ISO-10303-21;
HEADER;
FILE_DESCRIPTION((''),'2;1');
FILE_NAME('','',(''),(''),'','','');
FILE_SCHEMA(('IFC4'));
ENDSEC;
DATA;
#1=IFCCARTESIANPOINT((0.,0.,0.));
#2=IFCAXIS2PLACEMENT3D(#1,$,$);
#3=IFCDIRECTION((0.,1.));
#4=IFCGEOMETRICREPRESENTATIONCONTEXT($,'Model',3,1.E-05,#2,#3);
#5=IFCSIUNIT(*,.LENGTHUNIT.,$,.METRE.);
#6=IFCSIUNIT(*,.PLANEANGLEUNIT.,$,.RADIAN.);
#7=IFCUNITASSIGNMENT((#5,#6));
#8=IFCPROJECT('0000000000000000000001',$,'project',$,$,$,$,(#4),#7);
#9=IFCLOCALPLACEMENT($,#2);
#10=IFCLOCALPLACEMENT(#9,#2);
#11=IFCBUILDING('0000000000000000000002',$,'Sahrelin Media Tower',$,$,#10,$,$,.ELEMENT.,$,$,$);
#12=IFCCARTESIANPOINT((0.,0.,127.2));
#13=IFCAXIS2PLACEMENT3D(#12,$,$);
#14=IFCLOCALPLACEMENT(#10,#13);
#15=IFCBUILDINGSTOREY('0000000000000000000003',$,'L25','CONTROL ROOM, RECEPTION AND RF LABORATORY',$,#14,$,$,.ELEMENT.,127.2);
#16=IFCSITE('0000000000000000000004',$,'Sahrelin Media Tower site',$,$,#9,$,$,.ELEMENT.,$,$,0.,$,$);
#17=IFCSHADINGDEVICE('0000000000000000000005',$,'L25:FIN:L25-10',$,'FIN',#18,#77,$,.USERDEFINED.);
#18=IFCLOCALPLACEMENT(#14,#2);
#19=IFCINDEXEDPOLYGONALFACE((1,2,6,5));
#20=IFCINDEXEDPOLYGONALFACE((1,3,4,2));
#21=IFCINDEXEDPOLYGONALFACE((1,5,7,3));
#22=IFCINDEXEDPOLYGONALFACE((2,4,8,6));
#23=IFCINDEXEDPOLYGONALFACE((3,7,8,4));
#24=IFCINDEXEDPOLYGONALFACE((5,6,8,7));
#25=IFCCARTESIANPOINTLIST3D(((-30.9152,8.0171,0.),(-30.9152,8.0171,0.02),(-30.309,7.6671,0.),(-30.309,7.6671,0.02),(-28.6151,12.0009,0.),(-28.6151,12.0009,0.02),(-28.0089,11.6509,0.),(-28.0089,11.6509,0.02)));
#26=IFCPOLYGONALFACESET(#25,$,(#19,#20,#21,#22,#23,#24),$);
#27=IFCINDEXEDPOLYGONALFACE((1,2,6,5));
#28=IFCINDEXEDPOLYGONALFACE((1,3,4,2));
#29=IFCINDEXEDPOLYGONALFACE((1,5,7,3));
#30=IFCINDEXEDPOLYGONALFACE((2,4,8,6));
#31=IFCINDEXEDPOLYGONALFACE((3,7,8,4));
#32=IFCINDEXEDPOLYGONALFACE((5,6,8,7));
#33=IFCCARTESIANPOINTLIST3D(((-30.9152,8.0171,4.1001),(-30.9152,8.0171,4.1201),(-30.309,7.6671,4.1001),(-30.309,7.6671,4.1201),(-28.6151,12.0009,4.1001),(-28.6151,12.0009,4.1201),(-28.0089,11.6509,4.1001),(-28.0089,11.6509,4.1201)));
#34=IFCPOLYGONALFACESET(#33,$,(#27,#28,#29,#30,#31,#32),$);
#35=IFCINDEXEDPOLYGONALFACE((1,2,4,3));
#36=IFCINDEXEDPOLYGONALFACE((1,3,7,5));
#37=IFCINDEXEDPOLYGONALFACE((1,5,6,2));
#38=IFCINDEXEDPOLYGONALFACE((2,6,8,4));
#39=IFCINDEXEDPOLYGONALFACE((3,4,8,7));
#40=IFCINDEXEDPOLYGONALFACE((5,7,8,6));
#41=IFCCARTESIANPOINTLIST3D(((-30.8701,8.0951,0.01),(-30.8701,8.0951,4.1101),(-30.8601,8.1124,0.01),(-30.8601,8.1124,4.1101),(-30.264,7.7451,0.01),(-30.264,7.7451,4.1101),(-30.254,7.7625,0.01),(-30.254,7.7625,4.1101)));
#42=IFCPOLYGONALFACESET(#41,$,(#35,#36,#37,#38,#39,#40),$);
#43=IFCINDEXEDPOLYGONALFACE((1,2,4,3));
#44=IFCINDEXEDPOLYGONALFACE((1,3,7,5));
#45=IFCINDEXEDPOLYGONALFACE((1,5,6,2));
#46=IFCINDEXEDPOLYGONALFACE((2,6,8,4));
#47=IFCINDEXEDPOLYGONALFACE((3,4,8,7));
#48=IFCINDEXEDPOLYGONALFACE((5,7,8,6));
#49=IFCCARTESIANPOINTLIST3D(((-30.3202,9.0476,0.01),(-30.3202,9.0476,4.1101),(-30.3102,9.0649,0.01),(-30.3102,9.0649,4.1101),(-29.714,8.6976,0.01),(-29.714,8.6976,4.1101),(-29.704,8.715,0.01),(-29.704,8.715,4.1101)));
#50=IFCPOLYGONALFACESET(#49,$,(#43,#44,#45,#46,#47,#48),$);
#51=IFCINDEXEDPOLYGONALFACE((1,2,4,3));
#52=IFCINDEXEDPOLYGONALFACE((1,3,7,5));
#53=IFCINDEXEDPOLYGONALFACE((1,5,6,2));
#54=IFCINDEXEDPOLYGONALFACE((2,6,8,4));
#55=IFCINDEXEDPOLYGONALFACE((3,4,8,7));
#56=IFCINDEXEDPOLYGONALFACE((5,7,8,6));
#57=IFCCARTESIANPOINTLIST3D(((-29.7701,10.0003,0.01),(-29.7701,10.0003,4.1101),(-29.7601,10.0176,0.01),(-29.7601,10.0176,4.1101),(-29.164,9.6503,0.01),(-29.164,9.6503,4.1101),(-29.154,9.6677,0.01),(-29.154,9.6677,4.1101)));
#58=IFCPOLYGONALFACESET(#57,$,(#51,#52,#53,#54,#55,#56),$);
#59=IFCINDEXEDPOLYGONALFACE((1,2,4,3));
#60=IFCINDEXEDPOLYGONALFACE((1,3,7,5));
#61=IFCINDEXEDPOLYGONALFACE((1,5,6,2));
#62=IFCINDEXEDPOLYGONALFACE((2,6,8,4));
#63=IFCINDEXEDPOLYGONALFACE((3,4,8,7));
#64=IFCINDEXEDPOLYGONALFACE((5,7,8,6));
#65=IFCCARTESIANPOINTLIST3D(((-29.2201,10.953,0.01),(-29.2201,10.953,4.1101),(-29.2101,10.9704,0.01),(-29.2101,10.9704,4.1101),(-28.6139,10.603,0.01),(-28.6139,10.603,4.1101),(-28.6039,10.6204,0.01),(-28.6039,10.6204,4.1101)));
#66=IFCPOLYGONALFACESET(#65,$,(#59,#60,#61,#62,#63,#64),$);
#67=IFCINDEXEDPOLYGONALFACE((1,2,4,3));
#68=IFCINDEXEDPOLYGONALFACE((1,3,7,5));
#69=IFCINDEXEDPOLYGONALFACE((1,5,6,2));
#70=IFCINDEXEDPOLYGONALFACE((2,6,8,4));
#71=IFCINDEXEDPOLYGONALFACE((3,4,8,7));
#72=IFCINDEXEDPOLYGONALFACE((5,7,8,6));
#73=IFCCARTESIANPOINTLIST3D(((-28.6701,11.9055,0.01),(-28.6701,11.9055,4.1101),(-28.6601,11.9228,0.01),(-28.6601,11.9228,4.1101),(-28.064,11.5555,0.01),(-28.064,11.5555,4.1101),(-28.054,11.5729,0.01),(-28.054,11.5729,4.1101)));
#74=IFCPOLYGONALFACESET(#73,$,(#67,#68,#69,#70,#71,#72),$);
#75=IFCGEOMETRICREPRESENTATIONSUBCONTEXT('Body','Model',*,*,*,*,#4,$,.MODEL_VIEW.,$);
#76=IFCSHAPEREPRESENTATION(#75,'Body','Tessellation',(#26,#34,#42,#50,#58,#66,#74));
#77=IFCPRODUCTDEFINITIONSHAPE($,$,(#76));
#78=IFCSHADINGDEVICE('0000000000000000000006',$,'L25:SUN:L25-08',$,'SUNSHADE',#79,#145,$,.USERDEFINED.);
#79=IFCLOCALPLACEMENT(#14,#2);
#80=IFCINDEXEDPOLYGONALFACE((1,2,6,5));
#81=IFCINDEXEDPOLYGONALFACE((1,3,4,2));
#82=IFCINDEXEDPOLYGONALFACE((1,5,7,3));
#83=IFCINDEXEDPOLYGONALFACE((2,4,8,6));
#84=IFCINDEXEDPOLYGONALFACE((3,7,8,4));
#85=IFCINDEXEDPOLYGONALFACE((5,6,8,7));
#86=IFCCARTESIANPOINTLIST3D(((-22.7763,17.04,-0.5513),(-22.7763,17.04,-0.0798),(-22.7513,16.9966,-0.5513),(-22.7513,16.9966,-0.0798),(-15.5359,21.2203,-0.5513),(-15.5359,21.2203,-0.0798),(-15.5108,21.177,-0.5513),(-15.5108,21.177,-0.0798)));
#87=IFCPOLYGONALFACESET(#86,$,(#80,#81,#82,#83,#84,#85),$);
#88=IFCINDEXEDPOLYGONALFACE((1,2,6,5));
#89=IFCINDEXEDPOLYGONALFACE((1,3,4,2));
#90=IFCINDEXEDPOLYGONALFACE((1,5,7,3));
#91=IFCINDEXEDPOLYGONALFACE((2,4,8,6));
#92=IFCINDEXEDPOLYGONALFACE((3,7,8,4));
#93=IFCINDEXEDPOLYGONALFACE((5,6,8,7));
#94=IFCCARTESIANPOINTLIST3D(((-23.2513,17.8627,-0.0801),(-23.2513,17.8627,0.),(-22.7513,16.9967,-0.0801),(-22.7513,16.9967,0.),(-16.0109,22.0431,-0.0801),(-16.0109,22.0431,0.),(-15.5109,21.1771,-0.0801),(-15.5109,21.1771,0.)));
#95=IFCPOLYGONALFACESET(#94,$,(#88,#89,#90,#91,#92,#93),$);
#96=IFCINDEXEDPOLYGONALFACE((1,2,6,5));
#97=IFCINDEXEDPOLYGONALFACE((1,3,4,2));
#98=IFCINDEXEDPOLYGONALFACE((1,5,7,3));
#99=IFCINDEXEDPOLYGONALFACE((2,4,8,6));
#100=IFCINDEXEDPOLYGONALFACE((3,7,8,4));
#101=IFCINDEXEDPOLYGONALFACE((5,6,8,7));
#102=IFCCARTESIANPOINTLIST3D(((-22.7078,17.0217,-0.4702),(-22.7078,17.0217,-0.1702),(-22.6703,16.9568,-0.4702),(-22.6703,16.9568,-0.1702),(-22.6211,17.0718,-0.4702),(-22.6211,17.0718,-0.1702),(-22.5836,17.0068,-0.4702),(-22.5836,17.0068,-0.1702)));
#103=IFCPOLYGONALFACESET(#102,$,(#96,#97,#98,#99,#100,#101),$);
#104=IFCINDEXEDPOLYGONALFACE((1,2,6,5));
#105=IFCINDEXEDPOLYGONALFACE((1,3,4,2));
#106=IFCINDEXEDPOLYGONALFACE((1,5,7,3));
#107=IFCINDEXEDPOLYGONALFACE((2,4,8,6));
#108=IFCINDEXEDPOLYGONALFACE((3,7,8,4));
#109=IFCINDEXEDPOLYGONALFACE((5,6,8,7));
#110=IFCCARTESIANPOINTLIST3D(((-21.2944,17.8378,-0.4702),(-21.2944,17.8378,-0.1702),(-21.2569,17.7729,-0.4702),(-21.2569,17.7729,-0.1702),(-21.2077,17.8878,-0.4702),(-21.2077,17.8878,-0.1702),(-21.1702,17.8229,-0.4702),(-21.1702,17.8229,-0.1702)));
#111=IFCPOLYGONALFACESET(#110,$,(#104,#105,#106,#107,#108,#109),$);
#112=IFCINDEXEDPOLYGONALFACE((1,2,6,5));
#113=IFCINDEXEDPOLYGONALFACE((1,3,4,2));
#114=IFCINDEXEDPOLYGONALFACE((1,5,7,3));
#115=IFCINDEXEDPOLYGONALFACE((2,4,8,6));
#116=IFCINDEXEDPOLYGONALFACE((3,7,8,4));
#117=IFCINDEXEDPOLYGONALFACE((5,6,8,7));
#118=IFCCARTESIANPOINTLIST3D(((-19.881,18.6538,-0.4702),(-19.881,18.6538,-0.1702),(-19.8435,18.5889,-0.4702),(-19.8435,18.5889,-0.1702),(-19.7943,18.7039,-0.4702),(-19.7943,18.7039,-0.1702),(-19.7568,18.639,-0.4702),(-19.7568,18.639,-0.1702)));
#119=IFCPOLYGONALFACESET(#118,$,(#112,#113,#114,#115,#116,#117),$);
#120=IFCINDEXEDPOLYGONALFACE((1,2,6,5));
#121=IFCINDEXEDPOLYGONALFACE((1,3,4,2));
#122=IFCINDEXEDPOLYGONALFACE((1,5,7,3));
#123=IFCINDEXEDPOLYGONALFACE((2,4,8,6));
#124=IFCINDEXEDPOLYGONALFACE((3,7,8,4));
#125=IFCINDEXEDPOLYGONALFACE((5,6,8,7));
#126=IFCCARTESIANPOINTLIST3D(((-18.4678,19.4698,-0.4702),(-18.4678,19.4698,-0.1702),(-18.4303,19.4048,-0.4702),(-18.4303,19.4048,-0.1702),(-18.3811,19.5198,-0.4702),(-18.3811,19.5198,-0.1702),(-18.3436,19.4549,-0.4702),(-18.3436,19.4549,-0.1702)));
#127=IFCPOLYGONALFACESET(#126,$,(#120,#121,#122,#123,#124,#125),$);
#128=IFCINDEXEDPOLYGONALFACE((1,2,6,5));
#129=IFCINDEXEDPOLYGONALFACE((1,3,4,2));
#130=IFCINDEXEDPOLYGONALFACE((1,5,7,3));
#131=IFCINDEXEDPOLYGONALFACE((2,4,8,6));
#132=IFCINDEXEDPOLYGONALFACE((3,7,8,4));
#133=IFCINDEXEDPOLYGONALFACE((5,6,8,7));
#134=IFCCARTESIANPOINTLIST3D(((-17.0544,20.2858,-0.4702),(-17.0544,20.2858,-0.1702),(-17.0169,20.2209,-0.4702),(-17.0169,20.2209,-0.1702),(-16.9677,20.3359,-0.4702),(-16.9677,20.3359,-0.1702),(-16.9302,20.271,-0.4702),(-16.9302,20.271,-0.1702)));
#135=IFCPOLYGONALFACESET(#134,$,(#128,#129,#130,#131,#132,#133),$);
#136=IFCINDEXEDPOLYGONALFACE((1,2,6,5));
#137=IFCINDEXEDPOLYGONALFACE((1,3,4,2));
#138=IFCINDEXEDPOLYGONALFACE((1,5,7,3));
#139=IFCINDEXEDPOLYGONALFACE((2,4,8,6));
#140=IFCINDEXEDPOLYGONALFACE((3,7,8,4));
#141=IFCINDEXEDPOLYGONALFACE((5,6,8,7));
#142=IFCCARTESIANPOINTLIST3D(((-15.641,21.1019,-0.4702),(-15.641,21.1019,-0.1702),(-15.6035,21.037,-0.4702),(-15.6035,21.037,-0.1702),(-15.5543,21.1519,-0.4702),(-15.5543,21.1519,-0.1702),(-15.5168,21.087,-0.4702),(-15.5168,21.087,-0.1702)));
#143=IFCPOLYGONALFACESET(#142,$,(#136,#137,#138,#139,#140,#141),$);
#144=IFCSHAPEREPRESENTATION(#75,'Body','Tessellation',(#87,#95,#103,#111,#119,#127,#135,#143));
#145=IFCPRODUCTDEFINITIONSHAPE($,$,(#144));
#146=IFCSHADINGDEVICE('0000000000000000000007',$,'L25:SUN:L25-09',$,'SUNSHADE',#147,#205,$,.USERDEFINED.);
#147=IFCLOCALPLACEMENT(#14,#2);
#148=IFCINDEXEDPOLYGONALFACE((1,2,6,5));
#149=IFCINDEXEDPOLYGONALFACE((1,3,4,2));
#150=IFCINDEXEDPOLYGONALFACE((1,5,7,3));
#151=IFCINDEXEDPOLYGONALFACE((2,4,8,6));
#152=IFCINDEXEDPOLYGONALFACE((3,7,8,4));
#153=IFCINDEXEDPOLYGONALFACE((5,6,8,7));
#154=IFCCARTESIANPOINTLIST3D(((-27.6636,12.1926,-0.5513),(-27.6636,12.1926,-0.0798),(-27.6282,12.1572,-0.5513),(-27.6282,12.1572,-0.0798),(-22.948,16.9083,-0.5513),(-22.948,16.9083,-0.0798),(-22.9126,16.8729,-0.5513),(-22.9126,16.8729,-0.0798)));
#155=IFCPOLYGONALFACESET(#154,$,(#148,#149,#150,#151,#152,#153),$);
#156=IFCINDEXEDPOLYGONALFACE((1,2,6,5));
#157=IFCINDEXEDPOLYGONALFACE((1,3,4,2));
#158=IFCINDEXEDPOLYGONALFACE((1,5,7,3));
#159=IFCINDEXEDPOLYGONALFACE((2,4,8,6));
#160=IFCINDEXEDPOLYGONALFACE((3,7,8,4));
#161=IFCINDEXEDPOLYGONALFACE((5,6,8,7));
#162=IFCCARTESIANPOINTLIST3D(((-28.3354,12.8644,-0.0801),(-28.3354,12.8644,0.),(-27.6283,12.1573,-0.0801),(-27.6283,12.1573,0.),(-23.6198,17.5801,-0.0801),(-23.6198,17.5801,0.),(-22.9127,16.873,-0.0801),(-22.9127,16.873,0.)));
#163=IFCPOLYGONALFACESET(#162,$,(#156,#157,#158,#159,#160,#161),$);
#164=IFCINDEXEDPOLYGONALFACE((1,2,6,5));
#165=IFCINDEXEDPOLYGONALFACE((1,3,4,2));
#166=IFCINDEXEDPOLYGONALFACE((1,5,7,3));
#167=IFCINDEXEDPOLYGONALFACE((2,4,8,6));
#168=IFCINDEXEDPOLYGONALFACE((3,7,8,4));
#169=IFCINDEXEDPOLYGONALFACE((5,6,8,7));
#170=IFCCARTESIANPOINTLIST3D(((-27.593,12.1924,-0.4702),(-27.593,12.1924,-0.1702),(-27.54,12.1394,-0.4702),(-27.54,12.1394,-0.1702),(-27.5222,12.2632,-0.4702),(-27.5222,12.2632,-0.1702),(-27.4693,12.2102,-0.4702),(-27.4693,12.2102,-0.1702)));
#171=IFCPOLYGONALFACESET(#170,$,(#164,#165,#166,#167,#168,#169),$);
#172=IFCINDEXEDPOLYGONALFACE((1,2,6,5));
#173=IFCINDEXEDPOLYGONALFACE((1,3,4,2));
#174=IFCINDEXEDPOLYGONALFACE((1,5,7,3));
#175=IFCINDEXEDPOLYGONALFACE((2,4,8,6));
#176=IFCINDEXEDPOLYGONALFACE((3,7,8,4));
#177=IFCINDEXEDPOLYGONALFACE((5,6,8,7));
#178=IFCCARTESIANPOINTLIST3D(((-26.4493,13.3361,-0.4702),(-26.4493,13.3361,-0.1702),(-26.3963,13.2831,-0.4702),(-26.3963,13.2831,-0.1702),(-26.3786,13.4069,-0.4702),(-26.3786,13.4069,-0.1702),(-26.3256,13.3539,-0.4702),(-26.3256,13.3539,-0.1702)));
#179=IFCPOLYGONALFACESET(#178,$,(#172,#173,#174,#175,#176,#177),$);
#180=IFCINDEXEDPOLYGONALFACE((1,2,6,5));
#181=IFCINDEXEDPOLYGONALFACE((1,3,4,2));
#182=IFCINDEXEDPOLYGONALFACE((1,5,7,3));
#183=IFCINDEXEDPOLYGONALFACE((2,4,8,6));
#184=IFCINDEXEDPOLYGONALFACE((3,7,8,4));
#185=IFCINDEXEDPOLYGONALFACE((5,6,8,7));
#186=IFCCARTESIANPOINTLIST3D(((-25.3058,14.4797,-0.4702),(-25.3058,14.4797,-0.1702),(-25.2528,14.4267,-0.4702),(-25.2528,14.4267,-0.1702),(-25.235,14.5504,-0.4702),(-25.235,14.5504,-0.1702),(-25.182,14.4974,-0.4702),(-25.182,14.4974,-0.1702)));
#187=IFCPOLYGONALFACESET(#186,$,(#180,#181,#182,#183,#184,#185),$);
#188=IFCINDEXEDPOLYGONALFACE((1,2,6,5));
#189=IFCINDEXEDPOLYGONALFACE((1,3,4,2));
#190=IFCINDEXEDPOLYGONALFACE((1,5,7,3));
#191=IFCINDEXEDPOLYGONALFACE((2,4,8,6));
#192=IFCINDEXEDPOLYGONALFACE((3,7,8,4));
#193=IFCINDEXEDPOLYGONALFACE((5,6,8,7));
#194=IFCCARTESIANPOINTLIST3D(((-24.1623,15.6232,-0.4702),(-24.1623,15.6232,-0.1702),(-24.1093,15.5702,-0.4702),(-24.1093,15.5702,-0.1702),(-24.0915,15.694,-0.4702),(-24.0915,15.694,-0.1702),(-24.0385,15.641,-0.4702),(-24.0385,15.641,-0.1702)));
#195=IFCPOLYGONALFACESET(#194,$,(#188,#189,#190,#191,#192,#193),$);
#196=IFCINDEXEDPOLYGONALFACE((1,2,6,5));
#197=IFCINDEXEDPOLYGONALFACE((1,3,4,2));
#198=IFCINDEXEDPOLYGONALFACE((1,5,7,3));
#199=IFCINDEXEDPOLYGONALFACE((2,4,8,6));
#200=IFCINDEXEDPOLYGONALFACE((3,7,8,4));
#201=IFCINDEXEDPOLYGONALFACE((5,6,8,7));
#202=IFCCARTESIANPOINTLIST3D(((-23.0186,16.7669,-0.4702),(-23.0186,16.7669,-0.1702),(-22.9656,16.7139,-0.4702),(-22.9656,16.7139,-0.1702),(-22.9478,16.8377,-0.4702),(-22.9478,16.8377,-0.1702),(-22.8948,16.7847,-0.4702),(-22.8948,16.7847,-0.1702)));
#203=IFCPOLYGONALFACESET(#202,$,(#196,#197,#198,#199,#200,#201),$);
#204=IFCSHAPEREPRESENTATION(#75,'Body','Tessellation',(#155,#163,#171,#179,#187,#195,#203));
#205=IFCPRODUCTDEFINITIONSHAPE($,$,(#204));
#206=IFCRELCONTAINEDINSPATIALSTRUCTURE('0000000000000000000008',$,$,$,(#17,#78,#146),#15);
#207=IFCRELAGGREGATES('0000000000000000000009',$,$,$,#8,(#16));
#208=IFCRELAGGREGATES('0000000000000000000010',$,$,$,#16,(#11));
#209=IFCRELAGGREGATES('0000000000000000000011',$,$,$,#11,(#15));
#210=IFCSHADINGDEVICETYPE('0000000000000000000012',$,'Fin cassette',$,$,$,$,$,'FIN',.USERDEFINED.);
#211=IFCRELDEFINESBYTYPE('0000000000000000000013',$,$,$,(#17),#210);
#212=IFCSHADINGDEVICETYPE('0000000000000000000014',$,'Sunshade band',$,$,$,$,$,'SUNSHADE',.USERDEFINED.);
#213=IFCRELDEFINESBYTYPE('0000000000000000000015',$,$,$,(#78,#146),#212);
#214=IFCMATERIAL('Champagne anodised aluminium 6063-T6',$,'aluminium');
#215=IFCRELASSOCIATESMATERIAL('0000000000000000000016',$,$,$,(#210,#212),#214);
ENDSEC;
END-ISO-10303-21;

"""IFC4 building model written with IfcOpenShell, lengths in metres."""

from ifc_helpers import new_model, si_unit, direction, frame, origin, origin_2d, place, context, subcontext, project, spatial, rectangle, extrude, material, type_object, element, save


model = new_model("IFC4")

# Units and contexts
model_context = context("Model", 3, precision=1e-05, world=origin(), true_north=direction((0.0, 1.0)))
body_context = subcontext(model_context, "Body", "Model", "MODEL_VIEW")
ifc_project = project(units=[si_unit("LENGTHUNIT", "METRE"), si_unit("PLANEANGLEUNIT", "RADIAN")], contexts=[model_context])

# Site, building, storey
site_placement = place(None, origin())
site = spatial("IfcSite", under=ifc_project, at=site_placement, Name="Sahrelin Media Tower site", CompositionType="ELEMENT", RefElevation=0.0)
building_placement = place(site_placement, origin())
building = spatial("IfcBuilding", under=site, at=building_placement, Name="Sahrelin Media Tower", CompositionType="ELEMENT")
storey_placement = place(building_placement, frame((0.0, 0.0, 127.2)))
storey = spatial("IfcBuildingStorey", under=building, at=storey_placement, Name="L25", Description="CONTROL ROOM, RECEPTION AND RF LABORATORY", CompositionType="ELEMENT", Elevation=127.2)

# Shared definitions
ifc_material_1 = material(Name="Champagne anodised aluminium 6063-T6", Category="aluminium")

# Shading devices
shading_device_type_1 = type_object("IfcShadingDeviceType", Name="Fin cassette", ElementType="FIN", PredefinedType="USERDEFINED", material=ifc_material_1)
placement_1 = place(storey_placement, frame((-19.1211, 19.0696, 0.0), z_axis=(0.0, 0.0, 1.0), x_axis=(0.866019, 0.500011, 0.0)))
placement_2 = place(storey_placement, frame((-25.2563, 14.501, 0.0), z_axis=(0.0, 0.0, 1.0), x_axis=(0.707107, 0.707107, 0.0)))
placement_3 = place(storey_placement, frame((-29.0984, 9.624, 0.0), z_axis=(0.0, 0.0, 1.0), x_axis=(0.500011, 0.866019, 0.0)))
element("IfcShadingDevice", 1, at=placement_3, inside=storey, type_object=shading_device_type_1, Name="L25:FIN:L25-10", ObjectType="FIN", PredefinedType="USERDEFINED", context=body_context, shape_type="SweptSolid", body=[
    extrude(rectangle(XDim=4.6001, YDim=0.7, at=origin_2d()), frame((0.0, 0.4199, 0.0)), (0.0, 0.0, 1.0), 0.02),
    extrude(rectangle(XDim=4.6001, YDim=0.7, at=origin_2d()), frame((0.0, 0.4199, 4.1001)), (0.0, 0.0, 1.0), 0.02),
    extrude(rectangle(XDim=0.02, YDim=0.7, at=origin_2d()), frame((-2.2, 0.4199, 0.01), z_axis=(0.0, 0.0, 1.0), x_axis=(1.0, 0.0, 0.0)), (0.0, 0.0, 1.0), 4.1001),
    extrude(rectangle(XDim=0.02, YDim=0.7, at=origin_2d()), frame((-1.1001, 0.4199, 0.01), z_axis=(0.0, 0.0, 1.0), x_axis=(1.0, 0.0, 0.0)), (0.0, 0.0, 1.0), 4.1001),
    extrude(rectangle(XDim=0.02, YDim=0.7, at=origin_2d()), frame((0.0, 0.4199, 0.01), z_axis=(0.0, 0.0, 1.0), x_axis=(1.0, 0.0, 0.0)), (0.0, 0.0, 1.0), 4.1001),
    extrude(rectangle(XDim=0.02, YDim=0.7, at=origin_2d()), frame((1.1001, 0.4199, 0.01), z_axis=(0.0, 0.0, 1.0), x_axis=(1.0, 0.0, 0.0)), (0.0, 0.0, 1.0), 4.1001),
    extrude(rectangle(XDim=0.02, YDim=0.7, at=origin_2d()), frame((2.2, 0.4199, 0.01), z_axis=(0.0, 0.0, 1.0), x_axis=(1.0, 0.0, 0.0)), (0.0, 0.0, 1.0), 4.1001),
])
shading_device_type_2 = type_object("IfcShadingDeviceType", Name="Sunshade band", ElementType="SUNSHADE", PredefinedType="USERDEFINED", material=ifc_material_1)
element("IfcShadingDevice", 2, at=placement_1, inside=storey, type_object=shading_device_type_2, Name="L25:SUN:L25-08", ObjectType="SUNSHADE", PredefinedType="USERDEFINED", context=body_context, shape_type="SweptSolid", body=[
    extrude(rectangle(XDim=8.3606, YDim=0.05, at=origin_2d()), frame((0.0, 0.0449, -0.5513)), (0.0, 0.0, 1.0), 0.4714),
    extrude(rectangle(XDim=8.3606, YDim=1.0, at=origin_2d()), frame((0.0, 0.52, -0.0801)), (0.0, 0.0, 1.0), 0.0801),
    extrude(rectangle(XDim=0.1001, YDim=0.075, at=origin_2d()), frame((-4.0801, -0.0176, -0.4702)), (0.0, 0.0, 1.0), 0.3),
    extrude(rectangle(XDim=0.1001, YDim=0.075, at=origin_2d()), frame((-2.448, -0.0176, -0.4702)), (0.0, 0.0, 1.0), 0.3),
    extrude(rectangle(XDim=0.1001, YDim=0.075, at=origin_2d()), frame((-0.8159, -0.0176, -0.4702)), (0.0, 0.0, 1.0), 0.3),
    extrude(rectangle(XDim=0.1001, YDim=0.075, at=origin_2d()), frame((0.8159, -0.0176, -0.4702)), (0.0, 0.0, 1.0), 0.3),
    extrude(rectangle(XDim=0.1001, YDim=0.075, at=origin_2d()), frame((2.448, -0.0176, -0.4702)), (0.0, 0.0, 1.0), 0.3),
    extrude(rectangle(XDim=0.1001, YDim=0.075, at=origin_2d()), frame((4.0801, -0.0176, -0.4702)), (0.0, 0.0, 1.0), 0.3),
])
element("IfcShadingDevice", 3, at=placement_2, inside=storey, type_object=shading_device_type_2, Name="L25:SUN:L25-09", ObjectType="SUNSHADE", PredefinedType="USERDEFINED", context=body_context, shape_type="SweptSolid", body=[
    extrude(rectangle(XDim=6.6689, YDim=0.05, at=origin_2d()), frame((0.0, 0.0449, -0.5513)), (0.0, 0.0, 1.0), 0.4714),
    extrude(rectangle(XDim=6.6689, YDim=1.0, at=origin_2d()), frame((0.0, 0.52, -0.0801)), (0.0, 0.0, 1.0), 0.0801),
    extrude(rectangle(XDim=0.1001, YDim=0.075, at=origin_2d()), frame((-3.2346, -0.0176, -0.4702)), (0.0, 0.0, 1.0), 0.3),
    extrude(rectangle(XDim=0.1001, YDim=0.075, at=origin_2d()), frame((-1.6172, -0.0176, -0.4702)), (0.0, 0.0, 1.0), 0.3),
    extrude(rectangle(XDim=0.1001, YDim=0.075, at=origin_2d()), frame((0.0, -0.0176, -0.4702)), (0.0, 0.0, 1.0), 0.3),
    extrude(rectangle(XDim=0.1001, YDim=0.075, at=origin_2d()), frame((1.6172, -0.0176, -0.4702)), (0.0, 0.0, 1.0), 0.3),
    extrude(rectangle(XDim=0.1001, YDim=0.075, at=origin_2d()), frame((3.2346, -0.0176, -0.4702)), (0.0, 0.0, 1.0), 0.3),
])

save(model, "model.ifc")
